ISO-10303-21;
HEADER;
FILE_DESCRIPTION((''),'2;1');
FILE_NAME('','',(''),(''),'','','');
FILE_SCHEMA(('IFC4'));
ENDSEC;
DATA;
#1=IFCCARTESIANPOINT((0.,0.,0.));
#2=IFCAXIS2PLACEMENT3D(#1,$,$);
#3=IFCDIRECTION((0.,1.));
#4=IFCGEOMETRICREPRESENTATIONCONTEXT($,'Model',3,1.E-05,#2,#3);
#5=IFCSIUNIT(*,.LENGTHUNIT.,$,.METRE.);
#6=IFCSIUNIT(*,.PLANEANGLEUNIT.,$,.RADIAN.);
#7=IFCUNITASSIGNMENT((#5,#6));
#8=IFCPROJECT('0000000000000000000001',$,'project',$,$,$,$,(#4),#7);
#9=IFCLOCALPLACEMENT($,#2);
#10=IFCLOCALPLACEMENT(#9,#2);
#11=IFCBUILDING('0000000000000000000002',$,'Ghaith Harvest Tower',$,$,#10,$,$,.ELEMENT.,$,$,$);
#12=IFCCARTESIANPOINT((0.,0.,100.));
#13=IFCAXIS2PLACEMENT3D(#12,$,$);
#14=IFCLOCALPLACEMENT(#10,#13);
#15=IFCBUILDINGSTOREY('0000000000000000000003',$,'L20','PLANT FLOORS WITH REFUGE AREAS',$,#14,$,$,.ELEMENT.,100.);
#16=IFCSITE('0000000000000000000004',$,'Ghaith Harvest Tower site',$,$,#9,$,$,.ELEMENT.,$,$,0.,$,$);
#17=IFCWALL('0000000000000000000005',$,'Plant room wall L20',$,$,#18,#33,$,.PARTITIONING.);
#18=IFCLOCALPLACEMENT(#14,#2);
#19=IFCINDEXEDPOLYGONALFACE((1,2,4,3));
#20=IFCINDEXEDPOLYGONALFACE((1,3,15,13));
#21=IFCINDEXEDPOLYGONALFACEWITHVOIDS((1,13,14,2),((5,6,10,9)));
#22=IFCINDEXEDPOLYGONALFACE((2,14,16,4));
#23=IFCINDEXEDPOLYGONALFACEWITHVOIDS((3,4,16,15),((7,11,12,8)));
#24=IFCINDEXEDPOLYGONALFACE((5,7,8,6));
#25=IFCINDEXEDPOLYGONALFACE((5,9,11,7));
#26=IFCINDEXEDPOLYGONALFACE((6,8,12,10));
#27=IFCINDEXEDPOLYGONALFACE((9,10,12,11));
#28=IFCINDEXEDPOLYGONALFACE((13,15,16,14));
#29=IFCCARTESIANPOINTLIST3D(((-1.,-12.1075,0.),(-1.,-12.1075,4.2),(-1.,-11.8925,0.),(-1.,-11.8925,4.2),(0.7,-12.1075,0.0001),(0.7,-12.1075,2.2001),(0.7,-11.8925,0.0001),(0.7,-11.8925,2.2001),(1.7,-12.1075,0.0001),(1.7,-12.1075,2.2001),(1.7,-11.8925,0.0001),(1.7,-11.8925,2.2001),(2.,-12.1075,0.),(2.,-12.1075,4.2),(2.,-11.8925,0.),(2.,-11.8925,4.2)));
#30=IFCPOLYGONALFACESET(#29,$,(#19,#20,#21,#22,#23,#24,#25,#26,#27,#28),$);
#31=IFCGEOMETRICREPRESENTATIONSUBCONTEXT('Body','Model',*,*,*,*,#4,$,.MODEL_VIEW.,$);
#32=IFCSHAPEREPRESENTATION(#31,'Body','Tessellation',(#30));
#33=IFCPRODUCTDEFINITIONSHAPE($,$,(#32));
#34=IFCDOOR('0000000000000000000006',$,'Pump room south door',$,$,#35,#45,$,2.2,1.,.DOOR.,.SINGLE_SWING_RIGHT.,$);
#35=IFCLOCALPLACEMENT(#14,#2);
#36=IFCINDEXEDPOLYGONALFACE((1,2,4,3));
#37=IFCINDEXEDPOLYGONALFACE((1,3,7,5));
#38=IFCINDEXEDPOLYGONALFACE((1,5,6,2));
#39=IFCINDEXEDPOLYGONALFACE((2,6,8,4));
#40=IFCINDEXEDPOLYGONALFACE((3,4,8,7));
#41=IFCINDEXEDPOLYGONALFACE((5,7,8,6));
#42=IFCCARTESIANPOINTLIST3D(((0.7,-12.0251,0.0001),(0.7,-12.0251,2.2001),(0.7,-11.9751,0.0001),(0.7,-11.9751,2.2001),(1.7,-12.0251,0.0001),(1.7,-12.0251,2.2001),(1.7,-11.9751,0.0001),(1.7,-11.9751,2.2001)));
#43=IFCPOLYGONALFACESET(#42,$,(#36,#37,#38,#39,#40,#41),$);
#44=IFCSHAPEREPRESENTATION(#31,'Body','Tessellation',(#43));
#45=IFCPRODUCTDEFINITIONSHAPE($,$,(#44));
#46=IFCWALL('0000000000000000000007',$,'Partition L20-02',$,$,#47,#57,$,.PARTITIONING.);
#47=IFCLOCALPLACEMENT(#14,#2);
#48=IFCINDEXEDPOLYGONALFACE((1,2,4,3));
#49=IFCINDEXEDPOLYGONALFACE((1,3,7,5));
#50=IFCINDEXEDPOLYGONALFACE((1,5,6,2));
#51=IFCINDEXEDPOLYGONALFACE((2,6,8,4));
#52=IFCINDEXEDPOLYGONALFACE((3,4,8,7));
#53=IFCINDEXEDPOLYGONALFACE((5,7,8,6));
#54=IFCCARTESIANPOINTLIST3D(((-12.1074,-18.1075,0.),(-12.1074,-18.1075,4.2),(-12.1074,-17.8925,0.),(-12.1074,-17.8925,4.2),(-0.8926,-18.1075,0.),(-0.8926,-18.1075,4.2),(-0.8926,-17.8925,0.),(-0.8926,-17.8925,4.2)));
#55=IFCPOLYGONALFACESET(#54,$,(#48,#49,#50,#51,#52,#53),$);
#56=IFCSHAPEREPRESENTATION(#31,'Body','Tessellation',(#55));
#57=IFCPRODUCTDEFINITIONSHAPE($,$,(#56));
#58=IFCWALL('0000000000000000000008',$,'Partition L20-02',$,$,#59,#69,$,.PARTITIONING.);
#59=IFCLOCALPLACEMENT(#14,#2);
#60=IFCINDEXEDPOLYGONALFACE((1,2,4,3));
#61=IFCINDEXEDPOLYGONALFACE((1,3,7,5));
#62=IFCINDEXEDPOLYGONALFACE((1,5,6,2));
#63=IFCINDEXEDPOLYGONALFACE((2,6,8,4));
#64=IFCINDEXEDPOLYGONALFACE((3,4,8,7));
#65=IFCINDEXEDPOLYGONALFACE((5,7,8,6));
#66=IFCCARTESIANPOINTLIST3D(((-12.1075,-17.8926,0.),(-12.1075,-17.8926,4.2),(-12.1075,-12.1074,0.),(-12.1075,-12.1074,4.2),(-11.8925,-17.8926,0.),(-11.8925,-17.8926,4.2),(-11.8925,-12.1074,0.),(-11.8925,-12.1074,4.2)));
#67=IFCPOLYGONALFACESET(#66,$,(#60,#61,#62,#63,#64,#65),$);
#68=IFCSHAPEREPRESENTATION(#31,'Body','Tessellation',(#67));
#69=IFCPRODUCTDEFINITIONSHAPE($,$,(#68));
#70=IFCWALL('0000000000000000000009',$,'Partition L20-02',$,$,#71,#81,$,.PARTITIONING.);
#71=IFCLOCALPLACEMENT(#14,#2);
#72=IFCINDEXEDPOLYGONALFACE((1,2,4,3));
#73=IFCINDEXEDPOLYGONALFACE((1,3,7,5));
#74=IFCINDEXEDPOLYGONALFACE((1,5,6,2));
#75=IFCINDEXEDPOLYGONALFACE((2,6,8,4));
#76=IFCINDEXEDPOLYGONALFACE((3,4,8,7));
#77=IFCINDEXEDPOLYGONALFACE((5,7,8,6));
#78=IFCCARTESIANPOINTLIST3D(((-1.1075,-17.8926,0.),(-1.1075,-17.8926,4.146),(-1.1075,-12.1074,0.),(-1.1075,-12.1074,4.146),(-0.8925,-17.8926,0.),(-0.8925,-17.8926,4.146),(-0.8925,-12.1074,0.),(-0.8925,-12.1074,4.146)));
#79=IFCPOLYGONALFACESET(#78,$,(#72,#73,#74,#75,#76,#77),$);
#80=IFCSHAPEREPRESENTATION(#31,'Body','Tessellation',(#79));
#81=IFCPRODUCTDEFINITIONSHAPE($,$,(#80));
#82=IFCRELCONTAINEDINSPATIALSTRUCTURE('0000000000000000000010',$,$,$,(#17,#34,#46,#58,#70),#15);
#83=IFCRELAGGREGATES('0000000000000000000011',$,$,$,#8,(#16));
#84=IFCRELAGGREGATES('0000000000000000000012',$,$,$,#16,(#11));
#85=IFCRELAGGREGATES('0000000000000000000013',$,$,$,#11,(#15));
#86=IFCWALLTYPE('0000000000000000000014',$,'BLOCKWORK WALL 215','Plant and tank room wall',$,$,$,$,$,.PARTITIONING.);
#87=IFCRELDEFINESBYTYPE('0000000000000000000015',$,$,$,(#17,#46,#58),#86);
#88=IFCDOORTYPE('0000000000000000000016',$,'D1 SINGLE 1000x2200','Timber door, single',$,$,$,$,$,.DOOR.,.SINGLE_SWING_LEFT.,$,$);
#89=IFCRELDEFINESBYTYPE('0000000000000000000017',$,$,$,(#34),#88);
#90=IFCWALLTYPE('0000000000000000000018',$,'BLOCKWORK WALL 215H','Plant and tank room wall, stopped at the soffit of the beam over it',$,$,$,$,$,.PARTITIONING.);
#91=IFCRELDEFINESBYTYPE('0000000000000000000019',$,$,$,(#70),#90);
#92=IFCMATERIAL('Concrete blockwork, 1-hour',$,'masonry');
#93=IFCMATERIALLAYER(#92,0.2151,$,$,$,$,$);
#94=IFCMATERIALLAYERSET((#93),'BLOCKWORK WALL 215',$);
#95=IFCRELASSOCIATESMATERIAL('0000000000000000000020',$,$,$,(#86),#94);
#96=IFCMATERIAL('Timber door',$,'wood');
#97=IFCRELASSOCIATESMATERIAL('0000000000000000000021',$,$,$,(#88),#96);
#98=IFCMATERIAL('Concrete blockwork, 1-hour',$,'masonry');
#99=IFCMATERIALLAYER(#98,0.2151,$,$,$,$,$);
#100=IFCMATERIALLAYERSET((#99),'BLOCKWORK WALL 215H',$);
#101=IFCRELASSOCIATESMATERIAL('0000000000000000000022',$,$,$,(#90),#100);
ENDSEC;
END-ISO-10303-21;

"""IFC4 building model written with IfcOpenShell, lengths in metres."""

from ifc_helpers import new_model, si_unit, direction, frame, frame_2d, origin, place, context, subcontext, project, spatial, rectangle, extrude, material, layer, layer_set, type_object, element, fill, save


model = new_model("IFC4")

# Units and contexts
model_context = context("Model", 3, precision=1e-05, world=origin(), true_north=direction((0.0, 1.0)))
body_context = subcontext(model_context, "Body", "Model", "MODEL_VIEW")
ifc_project = project(units=[si_unit("LENGTHUNIT", "METRE"), si_unit("PLANEANGLEUNIT", "RADIAN")], contexts=[model_context])

# Site, building, storey
site_placement = place(None, origin())
site = spatial("IfcSite", under=ifc_project, at=site_placement, Name="Ghaith Harvest Tower site", CompositionType="ELEMENT", RefElevation=0.0)
building_placement = place(site_placement, origin())
building = spatial("IfcBuilding", under=site, at=building_placement, Name="Ghaith Harvest Tower", CompositionType="ELEMENT")
storey_placement = place(building_placement, frame((0.0, 0.0, 100.0)))
storey = spatial("IfcBuildingStorey", under=building, at=storey_placement, Name="L20", Description="PLANT FLOORS WITH REFUGE AREAS", CompositionType="ELEMENT", Elevation=100.0)

# Wall, opening, door
ifc_material_1 = material(Name="Concrete blockwork, 1-hour", Category="masonry")
ifc_layer_1 = layer(ifc_material_1, 0.2151)
ifc_layer_set_1 = layer_set([ifc_layer_1], Name="BLOCKWORK WALL 215")
wall_type_1 = type_object("IfcWallType", Name="BLOCKWORK WALL 215", Description="Plant and tank room wall", PredefinedType="PARTITIONING", material=ifc_layer_set_1)
wall_1_placement = place(storey_placement, frame((-1.0, -12.0, 0.0), z_axis=(0.0, 0.0, 1.0), x_axis=(1.0, 0.0, 0.0)))
wall_1 = element("IfcWall", 1, at=wall_1_placement, inside=storey, type_object=wall_type_1, Name="Plant room wall L20", PredefinedType="PARTITIONING", context=body_context, shape_type="SweptSolid", body=[
    extrude(rectangle(XDim=3.0, YDim=0.2151, at=frame_2d((1.5, 0.0))), origin(), (0.0, 0.0, 1.0), 4.2),
])
opening_1_placement = place(wall_1_placement, frame((1.7, 0.0, 0.0)))
opening_1 = element("IfcOpeningElement", 2, at=opening_1_placement, cuts=wall_1, PredefinedType="OPENING", context=body_context, shape_type="SweptSolid", body=[
    extrude(rectangle(XDim=1.0, YDim=2.2, at=frame_2d((0.5, 1.1001))), frame((0.0, 0.1177, 0.0), z_axis=(0.0, -1.0, 0.0), x_axis=(1.0, 0.0, 0.0)), (0.0, 0.0, 1.0), 0.2351),
])
ifc_material_2 = material(Name="Timber door", Category="wood")
door_type_1 = type_object("IfcDoorType", Name="D1 SINGLE 1000x2200", Description="Timber door, single", OperationType="SINGLE_SWING_LEFT", PredefinedType="DOOR", material=ifc_material_2)
door_1_placement = place(opening_1_placement, origin())
door_1 = element("IfcDoor", 3, at=door_1_placement, inside=storey, type_object=door_type_1, Name="Pump room south door", OperationType="SINGLE_SWING_RIGHT", OverallHeight=2.2, OverallWidth=1.0, PredefinedType="DOOR", context=body_context, shape_type="SweptSolid", body=[
    extrude(rectangle(XDim=1.0, YDim=2.2, at=frame_2d((0.5, 1.1001))), frame((0.0, 0.0249, 0.0), z_axis=(0.0, -1.0, 0.0), x_axis=(1.0, 0.0, 0.0)), (0.0, 0.0, 1.0), 0.05),
])
fill(opening_1, door_1)

# Wall
wall_2_placement = place(storey_placement, frame((-12.1074, -18.0, 0.0), z_axis=(0.0, 0.0, 1.0), x_axis=(1.0, 0.0, 0.0)))
element("IfcWall", 4, at=wall_2_placement, inside=storey, type_object=wall_type_1, Name="Partition L20-02", PredefinedType="PARTITIONING", context=body_context, shape_type="SweptSolid", body=[
    extrude(rectangle(XDim=11.2148, YDim=0.2151, at=frame_2d((5.6074, 0.0))), origin(), (0.0, 0.0, 1.0), 4.2),
])

# Walls
wall_3_placement = place(storey_placement, frame((-12.0, -17.8926, 0.0), z_axis=(0.0, 0.0, 1.0), x_axis=(0.0, 1.0, 0.0)))
element("IfcWall", 5, at=wall_3_placement, inside=storey, type_object=wall_type_1, Name="Partition L20-02", PredefinedType="PARTITIONING", context=body_context, shape_type="SweptSolid", body=[
    extrude(rectangle(XDim=5.7852, YDim=0.2151, at=frame_2d((2.8926, 0.0))), origin(), (0.0, 0.0, 1.0), 4.2),
])
ifc_material_3 = material(Name="Concrete blockwork, 1-hour", Category="masonry")
ifc_layer_2 = layer(ifc_material_3, 0.2151)
ifc_layer_set_2 = layer_set([ifc_layer_2], Name="BLOCKWORK WALL 215H")
wall_type_2 = type_object("IfcWallType", Name="BLOCKWORK WALL 215H", Description="Plant and tank room wall, stopped at the soffit of the beam over it", PredefinedType="PARTITIONING", material=ifc_layer_set_2)
wall_4_placement = place(storey_placement, frame((-1.0, -17.8926, 0.0), z_axis=(0.0, 0.0, 1.0), x_axis=(0.0, 1.0, 0.0)))
element("IfcWall", 6, at=wall_4_placement, inside=storey, type_object=wall_type_2, Name="Partition L20-02", PredefinedType="PARTITIONING", context=body_context, shape_type="SweptSolid", body=[
    extrude(rectangle(XDim=5.7852, YDim=0.2151, at=frame_2d((2.8926, 0.0))), origin(), (0.0, 0.0, 1.0), 4.146),
])

save(model, "model.ifc")
